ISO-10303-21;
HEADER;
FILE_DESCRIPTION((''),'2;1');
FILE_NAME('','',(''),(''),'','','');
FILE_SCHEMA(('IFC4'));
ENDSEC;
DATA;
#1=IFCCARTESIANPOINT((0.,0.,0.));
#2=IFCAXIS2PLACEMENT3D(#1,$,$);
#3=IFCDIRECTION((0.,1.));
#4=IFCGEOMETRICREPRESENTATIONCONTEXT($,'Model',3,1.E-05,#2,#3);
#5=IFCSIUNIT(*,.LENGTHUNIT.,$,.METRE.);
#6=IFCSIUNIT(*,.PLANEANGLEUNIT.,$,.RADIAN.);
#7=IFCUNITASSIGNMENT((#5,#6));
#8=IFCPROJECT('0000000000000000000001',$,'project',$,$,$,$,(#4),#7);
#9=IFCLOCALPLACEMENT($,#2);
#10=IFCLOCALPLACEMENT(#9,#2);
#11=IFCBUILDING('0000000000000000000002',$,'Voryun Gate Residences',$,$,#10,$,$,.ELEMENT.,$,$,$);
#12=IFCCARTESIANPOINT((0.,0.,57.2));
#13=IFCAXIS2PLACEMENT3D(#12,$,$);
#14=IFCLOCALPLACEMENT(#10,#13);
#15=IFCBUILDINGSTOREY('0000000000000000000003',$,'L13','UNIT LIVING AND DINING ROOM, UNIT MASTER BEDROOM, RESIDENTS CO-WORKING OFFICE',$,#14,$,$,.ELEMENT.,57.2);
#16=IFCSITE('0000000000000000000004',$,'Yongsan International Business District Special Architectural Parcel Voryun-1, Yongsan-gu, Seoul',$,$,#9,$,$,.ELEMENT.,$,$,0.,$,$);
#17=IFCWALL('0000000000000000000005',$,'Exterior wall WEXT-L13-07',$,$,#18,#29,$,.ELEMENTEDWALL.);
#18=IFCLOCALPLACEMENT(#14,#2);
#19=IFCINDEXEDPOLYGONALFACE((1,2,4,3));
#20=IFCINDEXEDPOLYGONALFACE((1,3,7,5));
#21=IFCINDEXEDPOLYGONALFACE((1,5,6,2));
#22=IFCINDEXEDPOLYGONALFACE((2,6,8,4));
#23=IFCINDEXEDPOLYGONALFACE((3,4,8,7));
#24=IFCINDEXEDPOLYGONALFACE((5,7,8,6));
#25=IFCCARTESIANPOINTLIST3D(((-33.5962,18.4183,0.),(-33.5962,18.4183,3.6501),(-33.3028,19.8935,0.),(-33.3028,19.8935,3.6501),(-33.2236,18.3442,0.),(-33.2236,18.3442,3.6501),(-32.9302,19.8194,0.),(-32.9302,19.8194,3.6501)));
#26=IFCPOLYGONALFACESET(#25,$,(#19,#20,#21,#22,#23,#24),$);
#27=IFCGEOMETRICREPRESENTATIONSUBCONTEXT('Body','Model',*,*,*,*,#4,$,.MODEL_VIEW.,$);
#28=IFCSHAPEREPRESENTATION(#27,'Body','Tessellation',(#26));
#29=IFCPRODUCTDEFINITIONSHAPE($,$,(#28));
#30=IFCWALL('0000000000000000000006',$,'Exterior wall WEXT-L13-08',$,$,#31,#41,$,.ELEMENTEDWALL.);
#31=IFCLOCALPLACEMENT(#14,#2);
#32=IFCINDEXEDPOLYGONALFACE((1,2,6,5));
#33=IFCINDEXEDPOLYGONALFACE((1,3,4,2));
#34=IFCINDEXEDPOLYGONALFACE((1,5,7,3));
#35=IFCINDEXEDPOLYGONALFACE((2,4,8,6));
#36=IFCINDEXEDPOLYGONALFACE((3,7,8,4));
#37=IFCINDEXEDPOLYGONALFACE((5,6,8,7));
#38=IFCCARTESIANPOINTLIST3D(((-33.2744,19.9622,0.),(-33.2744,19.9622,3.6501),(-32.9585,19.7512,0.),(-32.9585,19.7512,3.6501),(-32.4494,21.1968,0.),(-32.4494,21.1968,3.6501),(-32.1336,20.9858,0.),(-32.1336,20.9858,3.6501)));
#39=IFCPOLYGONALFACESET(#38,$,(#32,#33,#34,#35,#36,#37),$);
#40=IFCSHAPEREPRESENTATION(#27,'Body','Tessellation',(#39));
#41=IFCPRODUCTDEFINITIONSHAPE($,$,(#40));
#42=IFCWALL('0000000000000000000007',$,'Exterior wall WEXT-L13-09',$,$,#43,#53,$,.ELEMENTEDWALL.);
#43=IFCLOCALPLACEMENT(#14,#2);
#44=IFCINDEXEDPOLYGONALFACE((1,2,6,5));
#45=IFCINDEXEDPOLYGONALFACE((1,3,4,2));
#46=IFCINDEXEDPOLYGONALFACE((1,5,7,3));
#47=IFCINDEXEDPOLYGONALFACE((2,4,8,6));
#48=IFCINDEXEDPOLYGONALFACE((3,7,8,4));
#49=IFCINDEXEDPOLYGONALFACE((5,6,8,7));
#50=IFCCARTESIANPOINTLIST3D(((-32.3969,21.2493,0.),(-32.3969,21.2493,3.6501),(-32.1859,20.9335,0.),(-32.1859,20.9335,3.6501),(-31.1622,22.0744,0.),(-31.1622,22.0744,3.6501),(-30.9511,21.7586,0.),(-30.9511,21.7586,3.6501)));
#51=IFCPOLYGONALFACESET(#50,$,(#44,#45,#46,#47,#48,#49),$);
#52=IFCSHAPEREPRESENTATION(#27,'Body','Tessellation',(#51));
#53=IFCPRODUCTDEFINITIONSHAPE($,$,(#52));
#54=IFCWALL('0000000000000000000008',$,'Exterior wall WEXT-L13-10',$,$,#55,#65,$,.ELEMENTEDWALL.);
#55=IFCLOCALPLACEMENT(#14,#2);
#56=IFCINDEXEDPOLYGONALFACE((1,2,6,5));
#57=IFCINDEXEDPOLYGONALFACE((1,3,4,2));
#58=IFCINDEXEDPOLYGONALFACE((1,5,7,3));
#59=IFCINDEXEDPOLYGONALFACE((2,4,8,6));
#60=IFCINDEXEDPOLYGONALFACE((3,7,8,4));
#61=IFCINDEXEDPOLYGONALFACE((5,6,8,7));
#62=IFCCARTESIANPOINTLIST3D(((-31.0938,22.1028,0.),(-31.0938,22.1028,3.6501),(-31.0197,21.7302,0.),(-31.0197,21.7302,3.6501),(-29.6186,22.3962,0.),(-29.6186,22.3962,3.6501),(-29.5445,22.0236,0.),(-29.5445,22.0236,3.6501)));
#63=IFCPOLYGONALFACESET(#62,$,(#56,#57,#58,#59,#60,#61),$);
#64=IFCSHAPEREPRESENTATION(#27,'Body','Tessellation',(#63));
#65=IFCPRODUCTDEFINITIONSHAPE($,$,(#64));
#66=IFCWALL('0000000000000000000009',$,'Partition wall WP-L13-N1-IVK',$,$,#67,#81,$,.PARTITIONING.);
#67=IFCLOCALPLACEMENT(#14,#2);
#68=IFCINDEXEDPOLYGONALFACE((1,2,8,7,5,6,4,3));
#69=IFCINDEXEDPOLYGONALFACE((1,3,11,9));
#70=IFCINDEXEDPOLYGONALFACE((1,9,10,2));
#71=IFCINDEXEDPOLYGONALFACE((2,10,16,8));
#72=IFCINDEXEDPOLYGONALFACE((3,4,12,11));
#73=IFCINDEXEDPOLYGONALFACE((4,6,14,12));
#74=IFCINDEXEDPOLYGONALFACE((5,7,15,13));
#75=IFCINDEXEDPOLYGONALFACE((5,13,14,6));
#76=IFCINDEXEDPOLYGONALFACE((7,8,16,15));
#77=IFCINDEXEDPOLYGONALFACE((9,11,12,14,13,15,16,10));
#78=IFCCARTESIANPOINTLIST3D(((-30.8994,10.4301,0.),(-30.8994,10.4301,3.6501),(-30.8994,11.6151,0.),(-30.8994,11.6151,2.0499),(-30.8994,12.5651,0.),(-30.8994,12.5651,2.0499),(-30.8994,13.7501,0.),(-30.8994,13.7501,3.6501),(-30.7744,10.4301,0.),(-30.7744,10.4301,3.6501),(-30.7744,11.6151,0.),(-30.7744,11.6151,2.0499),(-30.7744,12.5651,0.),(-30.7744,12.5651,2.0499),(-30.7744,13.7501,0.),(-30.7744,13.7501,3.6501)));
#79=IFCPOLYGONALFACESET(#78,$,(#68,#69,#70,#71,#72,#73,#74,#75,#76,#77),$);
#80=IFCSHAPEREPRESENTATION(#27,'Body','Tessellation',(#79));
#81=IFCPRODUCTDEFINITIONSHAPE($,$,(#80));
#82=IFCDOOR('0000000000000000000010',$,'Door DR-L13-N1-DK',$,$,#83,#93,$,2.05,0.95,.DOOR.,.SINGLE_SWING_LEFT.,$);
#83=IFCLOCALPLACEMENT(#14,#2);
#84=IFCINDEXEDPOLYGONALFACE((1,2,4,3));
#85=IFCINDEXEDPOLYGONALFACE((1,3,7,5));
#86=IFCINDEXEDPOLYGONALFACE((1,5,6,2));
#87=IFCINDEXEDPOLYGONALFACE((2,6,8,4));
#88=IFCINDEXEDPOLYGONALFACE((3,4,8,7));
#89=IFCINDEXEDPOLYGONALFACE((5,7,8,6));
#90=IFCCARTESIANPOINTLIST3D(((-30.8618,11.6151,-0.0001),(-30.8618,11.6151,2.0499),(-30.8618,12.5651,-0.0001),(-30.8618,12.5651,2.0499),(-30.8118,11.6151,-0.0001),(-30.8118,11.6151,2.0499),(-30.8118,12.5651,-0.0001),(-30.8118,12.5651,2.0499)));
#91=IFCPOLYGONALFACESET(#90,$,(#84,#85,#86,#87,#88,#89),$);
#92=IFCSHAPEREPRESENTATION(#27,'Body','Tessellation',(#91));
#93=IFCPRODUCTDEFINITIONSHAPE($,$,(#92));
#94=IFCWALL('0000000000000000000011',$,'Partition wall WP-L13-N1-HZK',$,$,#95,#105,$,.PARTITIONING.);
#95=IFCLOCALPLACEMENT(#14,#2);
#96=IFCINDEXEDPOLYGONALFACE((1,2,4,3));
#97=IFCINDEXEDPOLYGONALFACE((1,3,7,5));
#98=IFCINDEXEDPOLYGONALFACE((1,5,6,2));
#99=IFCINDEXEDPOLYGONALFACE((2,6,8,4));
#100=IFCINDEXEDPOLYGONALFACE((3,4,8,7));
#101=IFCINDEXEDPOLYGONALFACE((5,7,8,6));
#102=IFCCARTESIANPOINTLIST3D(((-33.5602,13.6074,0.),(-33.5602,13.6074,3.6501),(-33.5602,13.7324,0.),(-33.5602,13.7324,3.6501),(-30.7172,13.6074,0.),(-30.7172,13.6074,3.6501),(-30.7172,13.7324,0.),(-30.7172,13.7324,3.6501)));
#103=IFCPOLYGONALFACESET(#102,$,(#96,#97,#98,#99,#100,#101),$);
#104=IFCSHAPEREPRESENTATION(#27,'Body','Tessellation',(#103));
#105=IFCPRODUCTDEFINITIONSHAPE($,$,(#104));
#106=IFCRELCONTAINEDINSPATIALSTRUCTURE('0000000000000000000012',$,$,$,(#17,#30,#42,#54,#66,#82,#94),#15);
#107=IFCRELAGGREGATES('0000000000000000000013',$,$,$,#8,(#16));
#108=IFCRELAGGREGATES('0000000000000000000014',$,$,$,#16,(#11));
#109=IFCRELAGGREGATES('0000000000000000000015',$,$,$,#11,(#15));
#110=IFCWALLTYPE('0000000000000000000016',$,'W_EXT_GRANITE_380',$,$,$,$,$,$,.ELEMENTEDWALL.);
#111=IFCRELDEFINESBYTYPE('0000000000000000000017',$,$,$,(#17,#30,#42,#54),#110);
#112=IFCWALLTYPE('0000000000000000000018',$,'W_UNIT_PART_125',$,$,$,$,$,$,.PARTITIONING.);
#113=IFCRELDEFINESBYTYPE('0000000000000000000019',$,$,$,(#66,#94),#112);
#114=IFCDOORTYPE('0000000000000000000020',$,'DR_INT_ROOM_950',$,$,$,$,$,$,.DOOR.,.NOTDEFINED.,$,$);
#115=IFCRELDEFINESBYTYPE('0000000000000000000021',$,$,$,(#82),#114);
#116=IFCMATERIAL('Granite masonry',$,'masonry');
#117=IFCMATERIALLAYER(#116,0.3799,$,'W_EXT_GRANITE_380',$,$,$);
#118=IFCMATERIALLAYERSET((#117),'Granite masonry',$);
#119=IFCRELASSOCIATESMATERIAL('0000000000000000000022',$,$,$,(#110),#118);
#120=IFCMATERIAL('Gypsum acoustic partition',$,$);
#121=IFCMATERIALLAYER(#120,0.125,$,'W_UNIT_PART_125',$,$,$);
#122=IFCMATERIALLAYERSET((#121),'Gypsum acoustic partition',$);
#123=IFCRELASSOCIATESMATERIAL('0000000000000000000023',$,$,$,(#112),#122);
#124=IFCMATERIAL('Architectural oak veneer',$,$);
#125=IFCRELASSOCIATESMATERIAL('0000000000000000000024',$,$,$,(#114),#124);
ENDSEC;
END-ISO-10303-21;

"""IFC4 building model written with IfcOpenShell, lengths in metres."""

from ifc_helpers import new_model, si_unit, direction, frame, frame_2d, origin, place, context, subcontext, project, spatial, rectangle, extrude, material, layer, layer_set, type_object, element, fill, save


model = new_model("IFC4")

# Units and contexts
model_context = context("Model", 3, precision=1e-05, world=origin(), true_north=direction((0.0, 1.0)))
body_context = subcontext(model_context, "Body", "Model", "MODEL_VIEW")
ifc_project = project(units=[si_unit("LENGTHUNIT", "METRE"), si_unit("PLANEANGLEUNIT", "RADIAN")], contexts=[model_context])

# Site, building, storey
site_placement = place(None, origin())
site = spatial("IfcSite", under=ifc_project, at=site_placement, Name="Yongsan International Business District Special Architectural Parcel Voryun-1, Yongsan-gu, Seoul", CompositionType="ELEMENT", RefElevation=0.0)
building_placement = place(site_placement, origin())
building = spatial("IfcBuilding", under=site, at=building_placement, Name="Voryun Gate Residences", CompositionType="ELEMENT")
storey_placement = place(building_placement, frame((0.0, 0.0, 57.2)))
storey = spatial("IfcBuildingStorey", under=building, at=storey_placement, Name="L13", Description="UNIT LIVING AND DINING ROOM, UNIT MASTER BEDROOM, RESIDENTS CO-WORKING OFFICE", CompositionType="ELEMENT", Elevation=57.2)

# Walls
ifc_material_1 = material(Name="Granite masonry", Category="masonry")
ifc_layer_1 = layer(ifc_material_1, 0.3799, Name="W_EXT_GRANITE_380")
ifc_layer_set_1 = layer_set([ifc_layer_1], Name="Granite masonry")
wall_type_1 = type_object("IfcWallType", Name="W_EXT_GRANITE_380", PredefinedType="ELEMENTEDWALL", material=ifc_layer_set_1)
wall_1_placement = place(storey_placement, frame((-33.4099, 18.3813, 0.0), z_axis=(0.0, 0.0, 1.0), x_axis=(0.195086, 0.980786, 0.0)))
element("IfcWall", 1, at=wall_1_placement, inside=storey, type_object=wall_type_1, Name="Exterior wall WEXT-L13-07", PredefinedType="ELEMENTEDWALL", context=body_context, shape_type="SweptSolid", body=[
    extrude(rectangle(XDim=1.5042, YDim=0.3799, at=frame_2d((0.752, 0.0))), origin(), (0.0, 0.0, 1.0), 3.6501),
])
wall_2_placement = place(storey_placement, frame((-33.1165, 19.8567, 0.0), z_axis=(0.0, 0.0, 1.0), x_axis=(0.555573, 0.831468, 0.0)))
element("IfcWall", 2, at=wall_2_placement, inside=storey, type_object=wall_type_1, Name="Exterior wall WEXT-L13-08", PredefinedType="ELEMENTEDWALL", context=body_context, shape_type="SweptSolid", body=[
    extrude(rectangle(XDim=1.4849, YDim=0.3799, at=frame_2d((0.7424, 0.0))), origin(), (0.0, 0.0, 1.0), 3.6501),
])
wall_3_placement = place(storey_placement, frame((-32.2915, 21.0913, 0.0), z_axis=(0.0, 0.0, 1.0), x_axis=(0.831443, 0.55561, 0.0)))
element("IfcWall", 3, at=wall_3_placement, inside=storey, type_object=wall_type_1, Name="Exterior wall WEXT-L13-09", PredefinedType="ELEMENTEDWALL", context=body_context, shape_type="SweptSolid", body=[
    extrude(rectangle(XDim=1.4851, YDim=0.3799, at=frame_2d((0.7427, 0.0))), origin(), (0.0, 0.0, 1.0), 3.6501),
])
wall_4_placement = place(storey_placement, frame((-31.0566, 21.9165, 0.0), z_axis=(0.0, 0.0, 1.0), x_axis=(0.980786, 0.195086, 0.0)))
element("IfcWall", 4, at=wall_4_placement, inside=storey, type_object=wall_type_1, Name="Exterior wall WEXT-L13-10", PredefinedType="ELEMENTEDWALL", context=body_context, shape_type="SweptSolid", body=[
    extrude(rectangle(XDim=1.5042, YDim=0.3799, at=frame_2d((0.752, 0.0))), origin(), (0.0, 0.0, 1.0), 3.6501),
])

# Wall, opening, door
ifc_material_2 = material(Name="Gypsum acoustic partition")
ifc_layer_2 = layer(ifc_material_2, 0.125, Name="W_UNIT_PART_125")
ifc_layer_set_2 = layer_set([ifc_layer_2], Name="Gypsum acoustic partition")
wall_type_2 = type_object("IfcWallType", Name="W_UNIT_PART_125", PredefinedType="PARTITIONING", material=ifc_layer_set_2)
wall_5_placement = place(storey_placement, frame((-30.8369, 10.4299, 0.0), z_axis=(0.0, 0.0, 1.0), x_axis=(0.0, 1.0, 0.0)))
wall_5 = element("IfcWall", 5, at=wall_5_placement, inside=storey, type_object=wall_type_2, Name="Partition wall WP-L13-N1-IVK", PredefinedType="PARTITIONING", context=body_context, shape_type="SweptSolid", body=[
    extrude(rectangle(XDim=3.3201, YDim=0.125, at=frame_2d((1.6602, 0.0))), origin(), (0.0, 0.0, 1.0), 3.6501),
])
opening_1_placement = place(wall_5_placement, frame((1.1851, 0.0, 0.0)))
opening_1 = element("IfcOpeningElement", 6, at=opening_1_placement, cuts=wall_5, PredefinedType="OPENING", context=body_context, shape_type="SweptSolid", body=[
    extrude(rectangle(XDim=0.95, YDim=2.05, at=frame_2d((0.4751, 1.0249))), frame((0.0, 0.0725, 0.0), z_axis=(0.0, -1.0, 0.0), x_axis=(1.0, 0.0, 0.0)), (0.0, 0.0, 1.0), 0.145),
])
ifc_material_3 = material(Name="Architectural oak veneer")
door_type_1 = type_object("IfcDoorType", Name="DR_INT_ROOM_950", OperationType="NOTDEFINED", PredefinedType="DOOR", material=ifc_material_3)
door_1_placement = place(opening_1_placement, origin())
door_1 = element("IfcDoor", 7, at=door_1_placement, inside=storey, type_object=door_type_1, Name="Door DR-L13-N1-DK", OperationType="SINGLE_SWING_LEFT", OverallHeight=2.05, OverallWidth=0.95, PredefinedType="DOOR", context=body_context, shape_type="SweptSolid", body=[
    extrude(rectangle(XDim=0.95, YDim=2.05, at=frame_2d((0.4751, 1.0249))), frame((0.0, 0.0249, 0.0), z_axis=(0.0, -1.0, 0.0), x_axis=(1.0, 0.0, 0.0)), (0.0, 0.0, 1.0), 0.05),
])
fill(opening_1, door_1)

# Wall
wall_6_placement = place(storey_placement, frame((-33.5601, 13.6699, 0.0), z_axis=(0.0, 0.0, 1.0), x_axis=(1.0, 0.0, 0.0)))
element("IfcWall", 8, at=wall_6_placement, inside=storey, type_object=wall_type_2, Name="Partition wall WP-L13-N1-HZK", PredefinedType="PARTITIONING", context=body_context, shape_type="SweptSolid", body=[
    extrude(rectangle(XDim=2.843, YDim=0.125, at=frame_2d((1.4214, 0.0))), origin(), (0.0, 0.0, 1.0), 3.6501),
])

save(model, "model.ifc")
